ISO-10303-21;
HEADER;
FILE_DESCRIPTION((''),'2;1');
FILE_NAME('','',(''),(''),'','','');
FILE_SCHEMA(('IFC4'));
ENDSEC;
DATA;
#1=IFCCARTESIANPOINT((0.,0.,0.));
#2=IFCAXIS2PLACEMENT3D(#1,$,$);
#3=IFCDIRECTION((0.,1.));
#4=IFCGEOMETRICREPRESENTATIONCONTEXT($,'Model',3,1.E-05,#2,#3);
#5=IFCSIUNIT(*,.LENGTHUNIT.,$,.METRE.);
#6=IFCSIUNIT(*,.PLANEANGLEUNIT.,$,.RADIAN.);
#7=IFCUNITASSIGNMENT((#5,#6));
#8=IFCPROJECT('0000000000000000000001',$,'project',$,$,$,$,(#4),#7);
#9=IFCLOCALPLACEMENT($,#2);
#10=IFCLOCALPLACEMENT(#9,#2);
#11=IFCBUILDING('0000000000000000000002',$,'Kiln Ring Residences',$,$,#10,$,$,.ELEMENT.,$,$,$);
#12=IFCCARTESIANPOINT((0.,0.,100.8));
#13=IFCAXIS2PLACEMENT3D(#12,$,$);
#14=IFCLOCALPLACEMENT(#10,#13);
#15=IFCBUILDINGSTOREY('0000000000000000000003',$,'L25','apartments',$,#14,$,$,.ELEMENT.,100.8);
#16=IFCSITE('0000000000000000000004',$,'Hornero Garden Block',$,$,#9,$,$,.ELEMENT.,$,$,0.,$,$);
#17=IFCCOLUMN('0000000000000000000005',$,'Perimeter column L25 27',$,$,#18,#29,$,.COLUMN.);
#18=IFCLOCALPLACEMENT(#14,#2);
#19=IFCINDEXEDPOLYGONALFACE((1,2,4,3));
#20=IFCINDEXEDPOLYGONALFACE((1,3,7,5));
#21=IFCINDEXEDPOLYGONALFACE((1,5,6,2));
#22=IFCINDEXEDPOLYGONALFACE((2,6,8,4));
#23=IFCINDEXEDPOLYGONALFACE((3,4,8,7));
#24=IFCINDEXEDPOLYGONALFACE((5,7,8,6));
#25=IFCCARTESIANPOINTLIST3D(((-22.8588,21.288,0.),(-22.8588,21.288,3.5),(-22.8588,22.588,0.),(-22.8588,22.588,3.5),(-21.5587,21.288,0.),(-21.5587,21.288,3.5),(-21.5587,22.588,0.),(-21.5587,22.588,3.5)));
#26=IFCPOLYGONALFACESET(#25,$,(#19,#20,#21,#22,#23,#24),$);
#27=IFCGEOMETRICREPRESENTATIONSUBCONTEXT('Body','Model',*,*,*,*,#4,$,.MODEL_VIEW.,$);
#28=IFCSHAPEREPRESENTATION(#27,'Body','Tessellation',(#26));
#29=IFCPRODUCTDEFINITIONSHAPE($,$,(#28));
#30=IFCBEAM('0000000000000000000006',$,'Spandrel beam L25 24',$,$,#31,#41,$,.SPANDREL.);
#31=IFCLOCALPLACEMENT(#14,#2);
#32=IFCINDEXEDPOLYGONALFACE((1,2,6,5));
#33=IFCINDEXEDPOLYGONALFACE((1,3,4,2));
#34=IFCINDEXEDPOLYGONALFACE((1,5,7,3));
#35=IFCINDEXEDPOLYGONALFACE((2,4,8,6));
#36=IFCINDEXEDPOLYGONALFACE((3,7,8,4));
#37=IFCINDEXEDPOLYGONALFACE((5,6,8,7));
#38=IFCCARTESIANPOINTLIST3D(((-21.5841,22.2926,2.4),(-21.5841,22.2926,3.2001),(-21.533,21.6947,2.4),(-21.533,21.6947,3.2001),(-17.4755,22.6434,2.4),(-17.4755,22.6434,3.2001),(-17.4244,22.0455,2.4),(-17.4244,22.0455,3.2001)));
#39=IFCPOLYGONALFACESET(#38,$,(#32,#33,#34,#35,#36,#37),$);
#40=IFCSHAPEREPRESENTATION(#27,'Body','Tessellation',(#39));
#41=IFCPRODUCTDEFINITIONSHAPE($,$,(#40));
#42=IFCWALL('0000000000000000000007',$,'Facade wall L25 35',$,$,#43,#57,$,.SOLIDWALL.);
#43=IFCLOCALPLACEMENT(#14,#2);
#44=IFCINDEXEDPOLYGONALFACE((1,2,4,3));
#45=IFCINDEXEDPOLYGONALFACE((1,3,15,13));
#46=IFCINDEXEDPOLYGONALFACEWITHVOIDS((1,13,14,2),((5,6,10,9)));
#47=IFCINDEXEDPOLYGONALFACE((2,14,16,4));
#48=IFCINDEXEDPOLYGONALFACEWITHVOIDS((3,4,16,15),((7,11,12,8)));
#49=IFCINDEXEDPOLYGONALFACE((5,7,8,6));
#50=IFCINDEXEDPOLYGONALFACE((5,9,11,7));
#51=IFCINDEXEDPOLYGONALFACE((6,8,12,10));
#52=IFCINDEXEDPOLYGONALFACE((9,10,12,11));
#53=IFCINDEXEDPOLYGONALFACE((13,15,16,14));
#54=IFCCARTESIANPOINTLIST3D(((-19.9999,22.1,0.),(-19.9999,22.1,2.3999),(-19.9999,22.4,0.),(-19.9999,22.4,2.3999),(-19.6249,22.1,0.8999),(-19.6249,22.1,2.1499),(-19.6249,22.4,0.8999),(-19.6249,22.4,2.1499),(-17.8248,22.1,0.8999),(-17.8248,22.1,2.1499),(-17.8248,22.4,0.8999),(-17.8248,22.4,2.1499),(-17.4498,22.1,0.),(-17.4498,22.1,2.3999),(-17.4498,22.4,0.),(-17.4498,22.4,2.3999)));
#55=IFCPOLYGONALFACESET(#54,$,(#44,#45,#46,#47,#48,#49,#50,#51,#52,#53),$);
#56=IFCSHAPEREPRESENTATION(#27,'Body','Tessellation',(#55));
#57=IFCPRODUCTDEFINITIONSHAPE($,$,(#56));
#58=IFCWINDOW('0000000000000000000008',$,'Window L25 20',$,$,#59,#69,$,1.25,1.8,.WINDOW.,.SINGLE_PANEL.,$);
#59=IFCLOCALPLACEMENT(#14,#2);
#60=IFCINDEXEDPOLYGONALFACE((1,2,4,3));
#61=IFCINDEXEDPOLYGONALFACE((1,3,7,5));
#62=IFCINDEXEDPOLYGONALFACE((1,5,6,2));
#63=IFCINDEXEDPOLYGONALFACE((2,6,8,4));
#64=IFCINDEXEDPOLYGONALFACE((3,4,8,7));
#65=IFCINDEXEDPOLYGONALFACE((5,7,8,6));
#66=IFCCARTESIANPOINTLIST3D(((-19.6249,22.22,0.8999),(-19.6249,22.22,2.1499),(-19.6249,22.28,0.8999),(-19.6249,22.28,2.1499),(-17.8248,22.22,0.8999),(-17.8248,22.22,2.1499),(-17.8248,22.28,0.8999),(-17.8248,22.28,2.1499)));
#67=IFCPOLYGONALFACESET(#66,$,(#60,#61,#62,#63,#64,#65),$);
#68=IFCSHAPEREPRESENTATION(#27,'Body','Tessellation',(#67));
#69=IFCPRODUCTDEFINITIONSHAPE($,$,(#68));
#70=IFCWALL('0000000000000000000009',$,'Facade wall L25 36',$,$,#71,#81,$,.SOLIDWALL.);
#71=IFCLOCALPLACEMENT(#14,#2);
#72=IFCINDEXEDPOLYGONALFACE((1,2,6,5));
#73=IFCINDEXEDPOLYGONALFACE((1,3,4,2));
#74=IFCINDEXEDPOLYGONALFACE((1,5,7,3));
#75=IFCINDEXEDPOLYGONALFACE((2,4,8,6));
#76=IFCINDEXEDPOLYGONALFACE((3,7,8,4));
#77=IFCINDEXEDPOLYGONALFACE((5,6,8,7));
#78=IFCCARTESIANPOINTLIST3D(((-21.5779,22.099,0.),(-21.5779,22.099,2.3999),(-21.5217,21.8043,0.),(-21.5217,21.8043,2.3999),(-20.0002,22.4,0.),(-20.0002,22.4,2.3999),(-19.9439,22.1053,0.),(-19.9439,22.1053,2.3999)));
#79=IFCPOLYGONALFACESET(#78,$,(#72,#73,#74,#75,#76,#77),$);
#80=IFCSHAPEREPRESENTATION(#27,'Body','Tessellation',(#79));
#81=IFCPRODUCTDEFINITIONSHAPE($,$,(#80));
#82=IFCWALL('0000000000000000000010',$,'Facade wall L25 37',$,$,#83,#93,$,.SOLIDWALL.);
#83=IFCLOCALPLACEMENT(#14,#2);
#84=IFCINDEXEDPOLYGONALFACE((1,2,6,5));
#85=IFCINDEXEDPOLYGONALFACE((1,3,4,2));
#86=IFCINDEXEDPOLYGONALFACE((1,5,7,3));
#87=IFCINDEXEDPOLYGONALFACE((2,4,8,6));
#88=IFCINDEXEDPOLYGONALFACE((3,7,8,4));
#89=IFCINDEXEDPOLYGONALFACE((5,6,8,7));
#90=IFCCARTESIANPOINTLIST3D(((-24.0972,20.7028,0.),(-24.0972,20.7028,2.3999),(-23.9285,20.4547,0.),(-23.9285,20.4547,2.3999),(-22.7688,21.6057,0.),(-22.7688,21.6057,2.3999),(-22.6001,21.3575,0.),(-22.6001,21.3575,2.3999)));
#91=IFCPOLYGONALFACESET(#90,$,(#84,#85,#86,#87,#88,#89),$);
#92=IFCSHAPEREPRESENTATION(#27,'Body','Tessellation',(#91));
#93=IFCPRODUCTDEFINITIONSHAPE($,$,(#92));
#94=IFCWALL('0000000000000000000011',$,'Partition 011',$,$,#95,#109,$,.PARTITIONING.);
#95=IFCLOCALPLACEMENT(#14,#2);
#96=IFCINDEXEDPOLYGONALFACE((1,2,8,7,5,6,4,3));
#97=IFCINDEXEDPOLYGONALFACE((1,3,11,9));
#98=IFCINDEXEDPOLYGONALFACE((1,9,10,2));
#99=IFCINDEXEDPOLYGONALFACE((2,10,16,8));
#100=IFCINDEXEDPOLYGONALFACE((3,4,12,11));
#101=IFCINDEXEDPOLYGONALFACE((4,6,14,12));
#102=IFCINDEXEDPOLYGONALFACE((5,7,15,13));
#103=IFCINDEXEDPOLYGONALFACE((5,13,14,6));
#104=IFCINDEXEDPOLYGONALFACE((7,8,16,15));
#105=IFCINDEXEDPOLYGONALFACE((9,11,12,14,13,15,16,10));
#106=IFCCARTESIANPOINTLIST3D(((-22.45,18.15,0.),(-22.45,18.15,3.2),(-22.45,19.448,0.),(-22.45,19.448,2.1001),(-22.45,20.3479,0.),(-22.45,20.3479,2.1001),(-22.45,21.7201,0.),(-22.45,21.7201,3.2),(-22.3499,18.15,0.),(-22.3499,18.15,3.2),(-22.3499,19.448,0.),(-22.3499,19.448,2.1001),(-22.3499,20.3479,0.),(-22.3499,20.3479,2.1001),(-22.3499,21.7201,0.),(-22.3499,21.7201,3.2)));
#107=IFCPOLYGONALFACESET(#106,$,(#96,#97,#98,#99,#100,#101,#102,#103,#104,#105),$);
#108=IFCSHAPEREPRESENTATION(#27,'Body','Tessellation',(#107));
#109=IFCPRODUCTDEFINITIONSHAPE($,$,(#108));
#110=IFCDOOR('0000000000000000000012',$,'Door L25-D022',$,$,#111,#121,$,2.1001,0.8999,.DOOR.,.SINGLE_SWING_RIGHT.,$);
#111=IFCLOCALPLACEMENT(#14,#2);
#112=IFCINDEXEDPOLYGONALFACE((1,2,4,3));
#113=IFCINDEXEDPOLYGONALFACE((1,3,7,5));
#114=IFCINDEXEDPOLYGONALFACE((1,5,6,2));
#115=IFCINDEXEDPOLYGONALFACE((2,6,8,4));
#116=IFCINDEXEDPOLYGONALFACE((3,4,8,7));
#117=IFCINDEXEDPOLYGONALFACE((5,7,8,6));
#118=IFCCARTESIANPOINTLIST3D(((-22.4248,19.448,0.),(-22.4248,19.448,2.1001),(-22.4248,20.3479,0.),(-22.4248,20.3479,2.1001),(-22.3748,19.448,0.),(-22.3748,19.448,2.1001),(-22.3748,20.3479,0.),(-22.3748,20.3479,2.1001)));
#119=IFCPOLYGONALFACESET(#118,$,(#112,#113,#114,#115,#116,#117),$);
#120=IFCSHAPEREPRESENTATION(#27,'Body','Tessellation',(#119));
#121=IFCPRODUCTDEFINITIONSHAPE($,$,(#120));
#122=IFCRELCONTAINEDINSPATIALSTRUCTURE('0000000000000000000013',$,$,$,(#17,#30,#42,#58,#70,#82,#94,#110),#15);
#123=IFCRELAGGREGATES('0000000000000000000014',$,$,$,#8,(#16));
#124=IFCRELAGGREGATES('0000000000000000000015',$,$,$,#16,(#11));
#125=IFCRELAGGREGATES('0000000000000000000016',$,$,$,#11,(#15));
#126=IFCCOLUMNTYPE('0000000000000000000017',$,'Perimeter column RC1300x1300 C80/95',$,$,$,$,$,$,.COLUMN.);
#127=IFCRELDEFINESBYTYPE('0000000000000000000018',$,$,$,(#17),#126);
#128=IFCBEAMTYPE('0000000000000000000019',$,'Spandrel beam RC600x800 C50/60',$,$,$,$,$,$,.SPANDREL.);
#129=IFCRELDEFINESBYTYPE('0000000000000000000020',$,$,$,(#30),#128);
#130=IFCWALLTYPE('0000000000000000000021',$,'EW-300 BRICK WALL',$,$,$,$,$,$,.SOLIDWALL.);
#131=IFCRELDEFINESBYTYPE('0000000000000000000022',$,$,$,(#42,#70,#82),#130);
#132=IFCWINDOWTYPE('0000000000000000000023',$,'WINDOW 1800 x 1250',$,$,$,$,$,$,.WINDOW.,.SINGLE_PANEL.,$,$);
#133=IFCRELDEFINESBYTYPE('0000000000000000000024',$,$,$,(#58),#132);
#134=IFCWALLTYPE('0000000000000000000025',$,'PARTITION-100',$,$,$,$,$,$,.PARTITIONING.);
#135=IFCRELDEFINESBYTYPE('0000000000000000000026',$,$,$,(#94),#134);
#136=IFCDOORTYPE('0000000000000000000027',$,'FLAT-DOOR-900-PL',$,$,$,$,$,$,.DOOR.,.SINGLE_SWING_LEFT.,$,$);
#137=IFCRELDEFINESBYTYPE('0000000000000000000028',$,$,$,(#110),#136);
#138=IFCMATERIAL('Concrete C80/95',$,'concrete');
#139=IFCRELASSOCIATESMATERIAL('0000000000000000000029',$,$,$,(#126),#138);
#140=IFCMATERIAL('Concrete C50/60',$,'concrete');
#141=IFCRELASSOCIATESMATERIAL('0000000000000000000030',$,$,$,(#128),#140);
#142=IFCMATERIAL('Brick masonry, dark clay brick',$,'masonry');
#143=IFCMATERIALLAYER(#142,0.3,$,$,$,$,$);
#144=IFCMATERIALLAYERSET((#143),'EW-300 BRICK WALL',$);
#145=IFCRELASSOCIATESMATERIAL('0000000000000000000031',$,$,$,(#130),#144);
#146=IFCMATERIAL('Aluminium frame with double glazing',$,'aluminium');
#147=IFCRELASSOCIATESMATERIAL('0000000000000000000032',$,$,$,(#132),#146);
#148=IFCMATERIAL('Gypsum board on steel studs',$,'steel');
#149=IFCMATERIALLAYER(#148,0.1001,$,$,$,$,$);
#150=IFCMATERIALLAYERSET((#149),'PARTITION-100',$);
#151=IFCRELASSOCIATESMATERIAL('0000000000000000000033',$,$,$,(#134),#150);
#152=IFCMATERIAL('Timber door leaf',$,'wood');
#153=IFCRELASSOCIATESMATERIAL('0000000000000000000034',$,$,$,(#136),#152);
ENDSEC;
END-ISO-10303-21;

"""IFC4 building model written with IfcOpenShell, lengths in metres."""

from ifc_helpers import new_model, si_unit, direction, frame, frame_2d, origin, origin_2d, place, context, subcontext, project, spatial, rectangle, extrude, material, layer, layer_set, material_profile, profile_set, type_object, element, fill, save


model = new_model("IFC4")

# Units and contexts
model_context = context("Model", 3, precision=1e-05, world=origin(), true_north=direction((0.0, 1.0)))
body_context = subcontext(model_context, "Body", "Model", "MODEL_VIEW")
ifc_project = project(units=[si_unit("LENGTHUNIT", "METRE"), si_unit("PLANEANGLEUNIT", "RADIAN")], contexts=[model_context])

# Site, building, storey
site_placement = place(None, origin())
site = spatial("IfcSite", under=ifc_project, at=site_placement, Name="Hornero Garden Block", CompositionType="ELEMENT", RefElevation=0.0)
building_placement = place(site_placement, origin())
building = spatial("IfcBuilding", under=site, at=building_placement, Name="Kiln Ring Residences", CompositionType="ELEMENT")
storey_placement = place(building_placement, frame((0.0, 0.0, 100.8)))
storey = spatial("IfcBuildingStorey", under=building, at=storey_placement, Name="L25", Description="apartments", CompositionType="ELEMENT", Elevation=100.8)

# Column
ifc_material_1 = material(Name="Concrete C80/95", Category="concrete")
ifc_material_profile_1 = material_profile(ifc_material_1, rectangle(XDim=1.3, YDim=1.3, at=origin_2d()), Name="RC1300x1300")
ifc_profile_set_1 = profile_set([ifc_material_profile_1], Name="Concrete C80/95")
column_type = type_object("IfcColumnType", Name="Perimeter column RC1300x1300 C80/95", PredefinedType="COLUMN", material=ifc_profile_set_1)
column_placement = place(storey_placement, frame((-22.2087, 21.938, 0.0), z_axis=(0.0, 0.0, 1.0), x_axis=(1.0, 0.0, 0.0)))
element("IfcColumn", 1, at=column_placement, inside=storey, type_object=column_type, Name="Perimeter column L25 27", PredefinedType="COLUMN", context=body_context, shape_type="SweptSolid", body=[
    extrude(rectangle(XDim=1.3, YDim=1.3, at=origin_2d()), origin(), (0.0, 0.0, 1.0), 3.5),
])

# Beam
ifc_material_2 = material(Name="Concrete C50/60", Category="concrete")
ifc_material_profile_2 = material_profile(ifc_material_2, rectangle(XDim=0.6001, YDim=0.8, at=origin_2d()), Name="RC600x800")
ifc_profile_set_2 = profile_set([ifc_material_profile_2], Name="Concrete C50/60")
beam_type = type_object("IfcBeamType", Name="Spandrel beam RC600x800 C50/60", PredefinedType="SPANDREL", material=ifc_profile_set_2)
beam_placement = place(storey_placement, frame((-17.45, 22.3445, 2.8), z_axis=(-0.996374, -0.085079, 0.0), x_axis=(0.085079, -0.996374, 0.0)))
element("IfcBeam", 2, at=beam_placement, inside=storey, type_object=beam_type, Name="Spandrel beam L25 24", PredefinedType="SPANDREL", context=body_context, shape_type="SweptSolid", body=[
    extrude(rectangle(XDim=0.6001, YDim=0.8, at=origin_2d()), origin(), (0.0, 0.0, 1.0), 4.1235),
])

# Wall, opening, window
ifc_material_3 = material(Name="Brick masonry, dark clay brick", Category="masonry")
ifc_layer_1 = layer(ifc_material_3, 0.3)
ifc_layer_set_1 = layer_set([ifc_layer_1], Name="EW-300 BRICK WALL")
wall_type_1 = type_object("IfcWallType", Name="EW-300 BRICK WALL", PredefinedType="SOLIDWALL", material=ifc_layer_set_1)
wall_1_placement = place(storey_placement, frame((-17.45, 22.25, 0.0), z_axis=(0.0, 0.0, 1.0), x_axis=(-1.0, 0.0, 0.0)))
wall_1 = element("IfcWall", 3, at=wall_1_placement, inside=storey, type_object=wall_type_1, Name="Facade wall L25 35", PredefinedType="SOLIDWALL", context=body_context, shape_type="SweptSolid", body=[
    extrude(rectangle(XDim=2.55, YDim=0.3, at=frame_2d((1.2749, 0.0))), origin(), (0.0, 0.0, 1.0), 2.3999),
])
opening_1_placement = place(wall_1_placement, frame((0.375, 0.0, 0.8999)))
opening_1 = element("IfcOpeningElement", 4, at=opening_1_placement, cuts=wall_1, PredefinedType="OPENING", context=body_context, shape_type="SweptSolid", body=[
    extrude(rectangle(XDim=1.8, YDim=1.25, at=frame_2d((0.8999, 0.625))), frame((0.0, 0.1599, 0.0), z_axis=(0.0, -1.0, 0.0), x_axis=(1.0, 0.0, 0.0)), (0.0, 0.0, 1.0), 0.3201),
])
ifc_material_4 = material(Name="Aluminium frame with double glazing", Category="aluminium")
window_type = type_object("IfcWindowType", Name="WINDOW 1800 x 1250", PartitioningType="SINGLE_PANEL", PredefinedType="WINDOW", material=ifc_material_4)
window_placement = place(opening_1_placement, origin())
window = element("IfcWindow", 5, at=window_placement, inside=storey, type_object=window_type, Name="Window L25 20", OverallHeight=1.25, OverallWidth=1.8, PartitioningType="SINGLE_PANEL", PredefinedType="WINDOW", context=body_context, shape_type="SweptSolid", body=[
    extrude(rectangle(XDim=1.8, YDim=1.25, at=frame_2d((0.8999, 0.625))), frame((0.0, 0.03, 0.0), z_axis=(0.0, -1.0, 0.0), x_axis=(1.0, 0.0, 0.0)), (0.0, 0.0, 1.0), 0.0601),
])
fill(opening_1, window)

# Walls
for number, where, z_axis, x_axis, name in (
    (6, (-19.9719, 22.2527, 0.0), (0.0, 0.0, 1.0), (-0.982279, -0.187426, 0.0), "Facade wall L25 36"),
    (7, (-22.6843, 21.4817, 0.0), (0.0, 0.0, 1.0), (-0.827059, -0.562115, 0.0), "Facade wall L25 37"),
):
    element("IfcWall", number, at=place(storey_placement, frame(where, z_axis=z_axis, x_axis=x_axis)), inside=storey, type_object=wall_type_1, Name=name, PredefinedType="SOLIDWALL", context=body_context, shape_type="SweptSolid", body=[
        extrude(rectangle(XDim=1.6062, YDim=0.3, at=frame_2d((0.8032, 0.0))), origin(), (0.0, 0.0, 1.0), 2.3999),
    ])

# Wall, opening, door
ifc_material_5 = material(Name="Gypsum board on steel studs", Category="steel")
ifc_layer_2 = layer(ifc_material_5, 0.1001)
ifc_layer_set_2 = layer_set([ifc_layer_2], Name="PARTITION-100")
wall_type_2 = type_object("IfcWallType", Name="PARTITION-100", PredefinedType="PARTITIONING", material=ifc_layer_set_2)
wall_2_placement = place(storey_placement, frame((-22.3999, 18.1499, 0.0), z_axis=(0.0, 0.0, 1.0), x_axis=(0.0, 1.0, 0.0)))
wall_2 = element("IfcWall", 8, at=wall_2_placement, inside=storey, type_object=wall_type_2, Name="Partition 011", PredefinedType="PARTITIONING", context=body_context, shape_type="SweptSolid", body=[
    extrude(rectangle(XDim=3.5701, YDim=0.1001, at=frame_2d((1.7852, 0.0))), origin(), (0.0, 0.0, 1.0), 3.2),
])
opening_2_placement = place(wall_2_placement, frame((1.2981, 0.0, 0.0)))
opening_2 = element("IfcOpeningElement", 9, at=opening_2_placement, cuts=wall_2, PredefinedType="OPENING", context=body_context, shape_type="SweptSolid", body=[
    extrude(rectangle(XDim=0.8999, YDim=2.1001, at=frame_2d((0.45, 1.05))), frame((0.0, 0.0601, 0.0), z_axis=(0.0, -1.0, 0.0), x_axis=(1.0, 0.0, 0.0)), (0.0, 0.0, 1.0), 0.1201),
])
ifc_material_6 = material(Name="Timber door leaf", Category="wood")
door_type = type_object("IfcDoorType", Name="FLAT-DOOR-900-PL", OperationType="SINGLE_SWING_LEFT", PredefinedType="DOOR", material=ifc_material_6)
door_placement = place(opening_2_placement, origin())
door = element("IfcDoor", 10, at=door_placement, inside=storey, type_object=door_type, Name="Door L25-D022", OperationType="SINGLE_SWING_RIGHT", OverallHeight=2.1001, OverallWidth=0.8999, PredefinedType="DOOR", context=body_context, shape_type="SweptSolid", body=[
    extrude(rectangle(XDim=0.8999, YDim=2.1001, at=frame_2d((0.45, 1.05))), frame((0.0, 0.0249, 0.0), z_axis=(0.0, -1.0, 0.0), x_axis=(1.0, 0.0, 0.0)), (0.0, 0.0, 1.0), 0.05),
])
fill(opening_2, door)

save(model, "model.ifc")
